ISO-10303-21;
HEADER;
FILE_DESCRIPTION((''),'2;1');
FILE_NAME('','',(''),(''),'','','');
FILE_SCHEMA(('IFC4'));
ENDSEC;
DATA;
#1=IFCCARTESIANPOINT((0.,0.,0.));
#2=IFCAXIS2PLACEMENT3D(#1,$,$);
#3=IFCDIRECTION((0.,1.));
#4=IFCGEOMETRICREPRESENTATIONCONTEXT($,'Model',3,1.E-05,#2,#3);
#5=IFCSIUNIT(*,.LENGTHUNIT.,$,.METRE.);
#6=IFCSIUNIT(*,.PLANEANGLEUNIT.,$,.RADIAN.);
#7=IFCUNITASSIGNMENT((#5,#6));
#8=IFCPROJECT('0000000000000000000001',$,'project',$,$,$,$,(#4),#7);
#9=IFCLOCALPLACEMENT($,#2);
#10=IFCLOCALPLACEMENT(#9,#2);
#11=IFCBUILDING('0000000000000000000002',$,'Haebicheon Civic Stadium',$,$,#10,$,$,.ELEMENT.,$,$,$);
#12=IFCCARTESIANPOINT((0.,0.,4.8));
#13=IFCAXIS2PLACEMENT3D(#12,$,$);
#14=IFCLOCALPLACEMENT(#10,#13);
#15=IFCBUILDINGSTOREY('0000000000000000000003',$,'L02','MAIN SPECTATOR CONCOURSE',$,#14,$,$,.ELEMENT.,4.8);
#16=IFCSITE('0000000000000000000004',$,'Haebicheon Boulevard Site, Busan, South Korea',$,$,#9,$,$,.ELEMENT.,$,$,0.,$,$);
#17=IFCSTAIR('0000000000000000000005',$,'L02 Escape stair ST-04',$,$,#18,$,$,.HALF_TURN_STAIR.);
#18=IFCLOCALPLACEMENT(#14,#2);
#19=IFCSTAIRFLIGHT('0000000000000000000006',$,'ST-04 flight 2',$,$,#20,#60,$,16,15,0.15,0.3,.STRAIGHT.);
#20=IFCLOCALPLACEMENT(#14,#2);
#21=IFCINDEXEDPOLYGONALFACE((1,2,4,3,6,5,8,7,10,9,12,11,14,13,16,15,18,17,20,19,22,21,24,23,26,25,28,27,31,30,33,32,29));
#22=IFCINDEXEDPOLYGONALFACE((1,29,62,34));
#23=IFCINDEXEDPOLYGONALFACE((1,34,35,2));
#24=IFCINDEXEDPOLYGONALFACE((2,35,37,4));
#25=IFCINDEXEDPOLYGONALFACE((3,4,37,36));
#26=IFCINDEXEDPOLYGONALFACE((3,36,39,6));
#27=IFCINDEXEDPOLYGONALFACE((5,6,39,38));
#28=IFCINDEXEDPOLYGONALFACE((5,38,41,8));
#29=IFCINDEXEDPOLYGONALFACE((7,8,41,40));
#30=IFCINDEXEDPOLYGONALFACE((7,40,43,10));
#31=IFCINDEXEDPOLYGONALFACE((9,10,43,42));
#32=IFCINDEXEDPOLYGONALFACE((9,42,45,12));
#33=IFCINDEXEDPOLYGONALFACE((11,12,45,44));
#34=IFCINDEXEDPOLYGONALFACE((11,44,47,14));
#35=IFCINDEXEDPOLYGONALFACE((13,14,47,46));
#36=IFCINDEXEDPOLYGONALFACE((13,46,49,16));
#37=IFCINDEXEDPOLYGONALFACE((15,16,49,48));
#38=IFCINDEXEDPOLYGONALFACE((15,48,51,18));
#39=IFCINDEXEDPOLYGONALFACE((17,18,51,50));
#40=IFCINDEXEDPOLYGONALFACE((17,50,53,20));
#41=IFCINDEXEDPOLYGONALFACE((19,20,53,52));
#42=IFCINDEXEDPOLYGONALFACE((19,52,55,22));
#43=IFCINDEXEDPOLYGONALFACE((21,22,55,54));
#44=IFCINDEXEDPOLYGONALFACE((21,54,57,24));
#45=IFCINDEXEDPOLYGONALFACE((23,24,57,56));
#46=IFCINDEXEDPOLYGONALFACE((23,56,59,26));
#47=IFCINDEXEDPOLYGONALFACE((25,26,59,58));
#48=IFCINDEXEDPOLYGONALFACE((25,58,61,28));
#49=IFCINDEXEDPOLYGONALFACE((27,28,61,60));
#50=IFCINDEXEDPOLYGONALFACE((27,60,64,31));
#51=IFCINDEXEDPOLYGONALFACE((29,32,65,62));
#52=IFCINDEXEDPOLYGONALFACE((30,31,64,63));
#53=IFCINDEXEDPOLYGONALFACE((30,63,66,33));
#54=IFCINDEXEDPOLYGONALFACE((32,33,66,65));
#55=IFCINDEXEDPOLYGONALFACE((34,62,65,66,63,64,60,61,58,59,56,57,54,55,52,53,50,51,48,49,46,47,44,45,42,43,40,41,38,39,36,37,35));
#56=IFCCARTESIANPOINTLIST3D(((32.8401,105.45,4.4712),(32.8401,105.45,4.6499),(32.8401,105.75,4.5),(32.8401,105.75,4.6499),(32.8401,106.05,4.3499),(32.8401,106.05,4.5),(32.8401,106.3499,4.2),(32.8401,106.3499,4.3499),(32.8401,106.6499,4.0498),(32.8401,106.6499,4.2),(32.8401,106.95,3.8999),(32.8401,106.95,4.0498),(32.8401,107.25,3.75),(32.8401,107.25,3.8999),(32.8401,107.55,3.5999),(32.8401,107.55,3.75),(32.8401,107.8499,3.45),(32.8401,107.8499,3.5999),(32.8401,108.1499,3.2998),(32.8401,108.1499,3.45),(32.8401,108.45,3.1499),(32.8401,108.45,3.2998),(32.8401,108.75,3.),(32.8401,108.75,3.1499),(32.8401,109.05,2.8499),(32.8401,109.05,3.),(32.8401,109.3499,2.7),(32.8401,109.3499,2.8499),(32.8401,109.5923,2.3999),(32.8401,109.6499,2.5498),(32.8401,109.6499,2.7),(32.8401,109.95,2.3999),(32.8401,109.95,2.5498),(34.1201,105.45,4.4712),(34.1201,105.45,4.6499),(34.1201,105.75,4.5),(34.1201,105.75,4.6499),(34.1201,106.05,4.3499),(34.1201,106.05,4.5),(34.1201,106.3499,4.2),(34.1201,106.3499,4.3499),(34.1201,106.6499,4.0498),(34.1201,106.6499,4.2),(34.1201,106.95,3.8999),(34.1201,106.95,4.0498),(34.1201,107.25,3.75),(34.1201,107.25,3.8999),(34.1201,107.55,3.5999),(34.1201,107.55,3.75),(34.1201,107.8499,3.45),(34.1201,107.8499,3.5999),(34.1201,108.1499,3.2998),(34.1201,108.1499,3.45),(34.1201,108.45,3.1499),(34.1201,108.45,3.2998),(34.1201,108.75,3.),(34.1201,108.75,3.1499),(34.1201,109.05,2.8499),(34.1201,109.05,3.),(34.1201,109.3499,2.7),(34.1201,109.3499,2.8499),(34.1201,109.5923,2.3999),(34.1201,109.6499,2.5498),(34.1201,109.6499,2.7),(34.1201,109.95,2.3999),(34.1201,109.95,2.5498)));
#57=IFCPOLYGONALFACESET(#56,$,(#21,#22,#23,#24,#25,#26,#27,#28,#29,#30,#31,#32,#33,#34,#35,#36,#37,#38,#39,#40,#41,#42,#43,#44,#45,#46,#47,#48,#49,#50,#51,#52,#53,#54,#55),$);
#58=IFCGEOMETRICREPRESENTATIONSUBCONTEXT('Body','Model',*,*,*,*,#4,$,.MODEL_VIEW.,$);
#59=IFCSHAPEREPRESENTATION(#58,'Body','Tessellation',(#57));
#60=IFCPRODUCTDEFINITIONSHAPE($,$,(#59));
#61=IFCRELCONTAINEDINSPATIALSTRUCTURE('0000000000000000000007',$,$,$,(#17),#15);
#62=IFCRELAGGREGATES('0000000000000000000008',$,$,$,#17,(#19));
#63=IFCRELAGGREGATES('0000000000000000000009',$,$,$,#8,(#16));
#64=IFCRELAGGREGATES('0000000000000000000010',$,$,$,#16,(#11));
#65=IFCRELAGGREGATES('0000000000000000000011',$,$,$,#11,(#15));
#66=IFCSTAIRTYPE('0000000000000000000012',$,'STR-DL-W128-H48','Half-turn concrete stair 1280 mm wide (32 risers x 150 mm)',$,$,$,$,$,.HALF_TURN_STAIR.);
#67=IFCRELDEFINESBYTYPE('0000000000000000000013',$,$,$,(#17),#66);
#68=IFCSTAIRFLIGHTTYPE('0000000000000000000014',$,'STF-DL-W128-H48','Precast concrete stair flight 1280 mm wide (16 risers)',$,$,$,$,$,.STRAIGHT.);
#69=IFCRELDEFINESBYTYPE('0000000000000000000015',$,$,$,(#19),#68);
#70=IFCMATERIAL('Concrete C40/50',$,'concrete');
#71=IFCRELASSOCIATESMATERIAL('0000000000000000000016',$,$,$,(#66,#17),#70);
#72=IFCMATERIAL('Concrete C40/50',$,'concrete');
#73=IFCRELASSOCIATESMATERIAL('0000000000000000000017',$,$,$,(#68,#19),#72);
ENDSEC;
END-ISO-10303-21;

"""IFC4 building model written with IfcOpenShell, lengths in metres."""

from ifc_helpers import new_model, si_unit, direction, frame, origin, place, context, subcontext, project, spatial, polyline, outline, extrude, material, type_object, element, aggregate, save


model = new_model("IFC4")

# Units and contexts
model_context = context("Model", 3, precision=1e-05, world=origin(), true_north=direction((0.0, 1.0)))
body_context = subcontext(model_context, "Body", "Model", "MODEL_VIEW")
ifc_project = project(units=[si_unit("LENGTHUNIT", "METRE"), si_unit("PLANEANGLEUNIT", "RADIAN")], contexts=[model_context])

# Site, building, storey
site_placement = place(None, origin())
site = spatial("IfcSite", under=ifc_project, at=site_placement, Name="Haebicheon Boulevard Site, Busan, South Korea", CompositionType="ELEMENT", RefElevation=0.0)
building_placement = place(site_placement, origin())
building = spatial("IfcBuilding", under=site, at=building_placement, Name="Haebicheon Civic Stadium", CompositionType="ELEMENT")
storey_placement = place(building_placement, frame((0.0, 0.0, 4.8)))
storey = spatial("IfcBuildingStorey", under=building, at=storey_placement, Name="L02", Description="MAIN SPECTATOR CONCOURSE", CompositionType="ELEMENT", Elevation=4.8)

# Stair, stair flight
ifc_material_1 = material(Name="Concrete C40/50", Category="concrete")
stair_type = type_object("IfcStairType", Name="STR-DL-W128-H48", Description="Half-turn concrete stair 1280 mm wide (32 risers x 150 mm)", PredefinedType="HALF_TURN_STAIR", material=ifc_material_1)
stair_placement = place(storey_placement, origin())
stair = element("IfcStair", 1, at=stair_placement, inside=storey, type_object=stair_type, material=ifc_material_1, Name="L02 Escape stair ST-04", PredefinedType="HALF_TURN_STAIR")
ifc_material_2 = material(Name="Concrete C40/50", Category="concrete")
stair_flight_type = type_object("IfcStairFlightType", Name="STF-DL-W128-H48", Description="Precast concrete stair flight 1280 mm wide (16 risers)", PredefinedType="STRAIGHT", material=ifc_material_2)
stair_flight_1_placement = place(storey_placement, frame((33.48, 109.95, 2.3999), z_axis=(0.0, 0.0, 1.0), x_axis=(0.0, -1.0, 0.0)))
stair_flight_1 = element("IfcStairFlight", 2, at=stair_flight_1_placement, type_object=stair_flight_type, material=ifc_material_2, Name="ST-04 flight 2", NumberOfRisers=16, NumberOfTreads=15, PredefinedType="STRAIGHT", RiserHeight=0.15, TreadLength=0.3, context=body_context, shape_type="SweptSolid", body=[
    extrude(outline(polyline([(0.0, 0.0), (0.0, 0.1499), (0.3, 0.1499), (0.3, 0.3), (0.6001, 0.3), (0.6001, 0.45), (0.8999, 0.45), (0.8999, 0.6001), (1.2, 0.6001), (1.2, 0.75), (1.5, 0.75), (1.5, 0.8999), (1.8, 0.8999), (1.8, 1.05), (2.1001, 1.05), (2.1001, 1.2), (2.3999, 1.2), (2.3999, 1.3501), (2.7, 1.3501), (2.7, 1.5), (3.0, 1.5), (3.0, 1.6499), (3.3, 1.6499), (3.3, 1.8), (3.6001, 1.8), (3.6001, 1.95), (3.8999, 1.95), (3.8999, 2.1001), (4.2, 2.1001), (4.2, 2.25), (4.5, 2.25), (4.5, 2.3999), (4.5, 2.0713), (0.3577, 0.0), (0.0, 0.0)])), frame((0.0, 0.6401, 0.0), z_axis=(0.0, -1.0, 0.0), x_axis=(1.0, 0.0, 0.0)), (0.0, 0.0, 1.0), 1.28),
])
aggregate(stair, [stair_flight_1])

save(model, "model.ifc")
